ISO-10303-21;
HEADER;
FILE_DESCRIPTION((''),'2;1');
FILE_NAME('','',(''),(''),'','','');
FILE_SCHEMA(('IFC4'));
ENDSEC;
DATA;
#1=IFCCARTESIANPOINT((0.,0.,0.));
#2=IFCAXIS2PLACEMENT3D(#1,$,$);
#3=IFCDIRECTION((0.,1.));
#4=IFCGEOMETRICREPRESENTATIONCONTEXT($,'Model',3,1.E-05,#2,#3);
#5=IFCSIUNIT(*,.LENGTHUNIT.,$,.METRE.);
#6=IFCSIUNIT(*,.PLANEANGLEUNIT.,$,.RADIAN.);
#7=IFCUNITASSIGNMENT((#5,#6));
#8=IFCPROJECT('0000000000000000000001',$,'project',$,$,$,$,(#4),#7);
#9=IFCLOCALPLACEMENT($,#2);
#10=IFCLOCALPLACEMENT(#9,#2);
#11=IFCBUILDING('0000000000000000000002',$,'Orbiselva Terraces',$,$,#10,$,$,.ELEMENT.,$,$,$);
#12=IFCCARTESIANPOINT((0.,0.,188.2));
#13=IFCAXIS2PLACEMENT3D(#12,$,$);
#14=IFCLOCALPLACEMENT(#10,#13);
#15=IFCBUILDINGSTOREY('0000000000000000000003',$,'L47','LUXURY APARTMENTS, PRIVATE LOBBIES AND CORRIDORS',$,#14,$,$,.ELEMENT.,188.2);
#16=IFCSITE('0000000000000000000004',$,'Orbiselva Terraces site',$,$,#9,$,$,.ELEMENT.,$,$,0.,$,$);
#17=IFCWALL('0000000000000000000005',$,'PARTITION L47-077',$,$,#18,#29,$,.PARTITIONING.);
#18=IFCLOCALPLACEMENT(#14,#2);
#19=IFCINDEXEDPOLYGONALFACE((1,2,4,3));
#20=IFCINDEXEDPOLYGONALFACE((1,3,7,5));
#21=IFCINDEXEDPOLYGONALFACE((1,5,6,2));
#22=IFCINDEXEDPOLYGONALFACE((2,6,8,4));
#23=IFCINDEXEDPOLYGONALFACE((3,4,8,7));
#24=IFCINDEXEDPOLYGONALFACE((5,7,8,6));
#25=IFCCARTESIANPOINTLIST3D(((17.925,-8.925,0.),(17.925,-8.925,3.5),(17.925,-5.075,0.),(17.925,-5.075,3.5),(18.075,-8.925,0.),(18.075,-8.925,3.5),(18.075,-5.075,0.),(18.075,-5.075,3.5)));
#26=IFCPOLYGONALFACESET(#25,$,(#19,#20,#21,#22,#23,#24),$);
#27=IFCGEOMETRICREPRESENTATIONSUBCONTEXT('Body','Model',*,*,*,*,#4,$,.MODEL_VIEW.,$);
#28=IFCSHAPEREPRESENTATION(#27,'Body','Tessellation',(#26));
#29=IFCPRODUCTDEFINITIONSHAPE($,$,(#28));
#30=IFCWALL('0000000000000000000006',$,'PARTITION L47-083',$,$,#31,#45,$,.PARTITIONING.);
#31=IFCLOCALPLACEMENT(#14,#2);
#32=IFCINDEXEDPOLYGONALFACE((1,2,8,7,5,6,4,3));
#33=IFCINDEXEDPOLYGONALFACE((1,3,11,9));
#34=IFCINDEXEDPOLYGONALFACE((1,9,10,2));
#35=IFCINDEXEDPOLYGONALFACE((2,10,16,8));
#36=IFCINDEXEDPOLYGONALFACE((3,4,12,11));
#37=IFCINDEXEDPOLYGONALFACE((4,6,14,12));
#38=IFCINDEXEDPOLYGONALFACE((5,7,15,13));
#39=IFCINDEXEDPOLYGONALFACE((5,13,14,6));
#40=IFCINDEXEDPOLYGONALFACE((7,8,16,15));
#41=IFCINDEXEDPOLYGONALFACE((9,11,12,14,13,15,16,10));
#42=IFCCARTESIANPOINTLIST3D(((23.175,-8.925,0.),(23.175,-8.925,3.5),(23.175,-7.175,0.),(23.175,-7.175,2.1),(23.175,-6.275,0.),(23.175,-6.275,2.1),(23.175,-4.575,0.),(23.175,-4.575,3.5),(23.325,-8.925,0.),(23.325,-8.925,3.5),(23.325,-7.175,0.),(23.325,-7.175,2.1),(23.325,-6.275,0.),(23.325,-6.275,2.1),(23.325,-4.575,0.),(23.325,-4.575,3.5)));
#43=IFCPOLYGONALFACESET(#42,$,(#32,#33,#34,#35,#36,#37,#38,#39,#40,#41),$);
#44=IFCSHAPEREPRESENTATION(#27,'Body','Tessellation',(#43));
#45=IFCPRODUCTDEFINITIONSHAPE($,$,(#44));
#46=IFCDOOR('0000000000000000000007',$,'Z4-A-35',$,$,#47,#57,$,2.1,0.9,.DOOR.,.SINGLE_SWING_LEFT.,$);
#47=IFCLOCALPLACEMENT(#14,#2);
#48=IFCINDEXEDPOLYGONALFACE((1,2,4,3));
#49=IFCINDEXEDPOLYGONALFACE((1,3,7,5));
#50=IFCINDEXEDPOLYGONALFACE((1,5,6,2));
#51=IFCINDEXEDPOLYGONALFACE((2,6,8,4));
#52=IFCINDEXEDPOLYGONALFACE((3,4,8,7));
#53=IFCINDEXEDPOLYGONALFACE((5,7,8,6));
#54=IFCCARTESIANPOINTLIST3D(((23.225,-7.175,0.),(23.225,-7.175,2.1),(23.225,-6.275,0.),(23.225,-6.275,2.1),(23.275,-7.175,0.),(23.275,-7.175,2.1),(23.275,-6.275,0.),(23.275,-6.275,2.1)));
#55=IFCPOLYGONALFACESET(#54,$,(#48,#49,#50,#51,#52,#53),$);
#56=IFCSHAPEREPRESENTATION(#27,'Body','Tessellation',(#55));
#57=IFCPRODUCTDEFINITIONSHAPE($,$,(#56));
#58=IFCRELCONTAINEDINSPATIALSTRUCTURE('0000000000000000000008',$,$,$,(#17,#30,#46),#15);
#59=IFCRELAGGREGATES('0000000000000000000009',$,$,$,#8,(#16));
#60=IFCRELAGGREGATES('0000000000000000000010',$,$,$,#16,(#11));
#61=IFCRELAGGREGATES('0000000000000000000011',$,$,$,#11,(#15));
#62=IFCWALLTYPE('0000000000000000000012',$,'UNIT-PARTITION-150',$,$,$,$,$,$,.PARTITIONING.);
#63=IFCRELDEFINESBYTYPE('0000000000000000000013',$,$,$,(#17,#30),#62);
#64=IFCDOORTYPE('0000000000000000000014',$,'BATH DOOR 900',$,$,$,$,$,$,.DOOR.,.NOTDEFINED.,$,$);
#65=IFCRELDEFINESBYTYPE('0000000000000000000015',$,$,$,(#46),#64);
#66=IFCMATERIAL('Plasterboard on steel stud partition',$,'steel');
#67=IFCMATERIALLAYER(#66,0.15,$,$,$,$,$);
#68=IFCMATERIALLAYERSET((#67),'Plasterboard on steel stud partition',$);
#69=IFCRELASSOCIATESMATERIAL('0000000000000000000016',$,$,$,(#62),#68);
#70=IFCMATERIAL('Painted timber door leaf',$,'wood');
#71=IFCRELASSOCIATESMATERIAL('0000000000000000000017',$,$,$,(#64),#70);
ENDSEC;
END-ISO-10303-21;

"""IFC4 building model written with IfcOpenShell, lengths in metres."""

from ifc_helpers import new_model, si_unit, direction, frame, frame_2d, origin, place, context, subcontext, project, spatial, rectangle, extrude, material, layer, layer_set, type_object, element, fill, save


model = new_model("IFC4")

# Units and contexts
model_context = context("Model", 3, precision=1e-05, world=origin(), true_north=direction((0.0, 1.0)))
body_context = subcontext(model_context, "Body", "Model", "MODEL_VIEW")
ifc_project = project(units=[si_unit("LENGTHUNIT", "METRE"), si_unit("PLANEANGLEUNIT", "RADIAN")], contexts=[model_context])

# Site, building, storey
site_placement = place(None, origin())
site = spatial("IfcSite", under=ifc_project, at=site_placement, Name="Orbiselva Terraces site", CompositionType="ELEMENT", RefElevation=0.0)
building_placement = place(site_placement, origin())
building = spatial("IfcBuilding", under=site, at=building_placement, Name="Orbiselva Terraces", CompositionType="ELEMENT")
storey_placement = place(building_placement, frame((0.0, 0.0, 188.2)))
storey = spatial("IfcBuildingStorey", under=building, at=storey_placement, Name="L47", Description="LUXURY APARTMENTS, PRIVATE LOBBIES AND CORRIDORS", CompositionType="ELEMENT", Elevation=188.2)

# Shared definitions
ifc_material_1 = material(Name="Plasterboard on steel stud partition", Category="steel")
ifc_layer_1 = layer(ifc_material_1, 0.15)
ifc_layer_set_1 = layer_set([ifc_layer_1], Name="Plasterboard on steel stud partition")
wall_type_1 = type_object("IfcWallType", Name="UNIT-PARTITION-150", PredefinedType="PARTITIONING", material=ifc_layer_set_1)

# Shared definitions
ifc_material_2 = material(Name="Painted timber door leaf", Category="wood")

# Wall
wall_1_placement = place(storey_placement, frame((18.0, -8.925, 0.0), z_axis=(0.0, 0.0, 1.0), x_axis=(0.0, 1.0, 0.0)))
element("IfcWall", 1, at=wall_1_placement, inside=storey, type_object=wall_type_1, Name="PARTITION L47-077", PredefinedType="PARTITIONING", context=body_context, shape_type="SweptSolid", body=[
    extrude(rectangle(XDim=3.85, YDim=0.15, at=frame_2d((1.925, 0.0))), origin(), (0.0, 0.0, 1.0), 3.5),
])

# Wall, opening, door
wall_2_placement = place(storey_placement, frame((23.25, -4.575, 0.0), z_axis=(0.0, 0.0, 1.0), x_axis=(0.0, -1.0, 0.0)))
wall_2 = element("IfcWall", 2, at=wall_2_placement, inside=storey, type_object=wall_type_1, Name="PARTITION L47-083", PredefinedType="PARTITIONING", context=body_context, shape_type="SweptSolid", body=[
    extrude(rectangle(XDim=4.35, YDim=0.15, at=frame_2d((2.175, 0.0))), origin(), (0.0, 0.0, 1.0), 3.5),
])
opening_1_placement = place(wall_2_placement, frame((1.7, 0.0, 0.0)))
opening_1 = element("IfcOpeningElement", 3, at=opening_1_placement, cuts=wall_2, PredefinedType="OPENING", context=body_context, shape_type="SweptSolid", body=[
    extrude(rectangle(XDim=0.9, YDim=2.1, at=frame_2d((0.45, 1.05))), frame((0.0, 0.085, 0.0), z_axis=(0.0, -1.0, 0.0), x_axis=(1.0, 0.0, 0.0)), (0.0, 0.0, 1.0), 0.17),
])
door_type_1 = type_object("IfcDoorType", Name="BATH DOOR 900", OperationType="NOTDEFINED", PredefinedType="DOOR", material=ifc_material_2)
door_1_placement = place(opening_1_placement, origin())
door_1 = element("IfcDoor", 4, at=door_1_placement, inside=storey, type_object=door_type_1, Name="Z4-A-35", OperationType="SINGLE_SWING_LEFT", OverallHeight=2.1, OverallWidth=0.9, PredefinedType="DOOR", context=body_context, shape_type="SweptSolid", body=[
    extrude(rectangle(XDim=0.9, YDim=2.1, at=frame_2d((0.45, 1.05))), frame((0.0, 0.025, 0.0), z_axis=(0.0, -1.0, 0.0), x_axis=(1.0, 0.0, 0.0)), (0.0, 0.0, 1.0), 0.05),
])
fill(opening_1, door_1)

save(model, "model.ifc")
